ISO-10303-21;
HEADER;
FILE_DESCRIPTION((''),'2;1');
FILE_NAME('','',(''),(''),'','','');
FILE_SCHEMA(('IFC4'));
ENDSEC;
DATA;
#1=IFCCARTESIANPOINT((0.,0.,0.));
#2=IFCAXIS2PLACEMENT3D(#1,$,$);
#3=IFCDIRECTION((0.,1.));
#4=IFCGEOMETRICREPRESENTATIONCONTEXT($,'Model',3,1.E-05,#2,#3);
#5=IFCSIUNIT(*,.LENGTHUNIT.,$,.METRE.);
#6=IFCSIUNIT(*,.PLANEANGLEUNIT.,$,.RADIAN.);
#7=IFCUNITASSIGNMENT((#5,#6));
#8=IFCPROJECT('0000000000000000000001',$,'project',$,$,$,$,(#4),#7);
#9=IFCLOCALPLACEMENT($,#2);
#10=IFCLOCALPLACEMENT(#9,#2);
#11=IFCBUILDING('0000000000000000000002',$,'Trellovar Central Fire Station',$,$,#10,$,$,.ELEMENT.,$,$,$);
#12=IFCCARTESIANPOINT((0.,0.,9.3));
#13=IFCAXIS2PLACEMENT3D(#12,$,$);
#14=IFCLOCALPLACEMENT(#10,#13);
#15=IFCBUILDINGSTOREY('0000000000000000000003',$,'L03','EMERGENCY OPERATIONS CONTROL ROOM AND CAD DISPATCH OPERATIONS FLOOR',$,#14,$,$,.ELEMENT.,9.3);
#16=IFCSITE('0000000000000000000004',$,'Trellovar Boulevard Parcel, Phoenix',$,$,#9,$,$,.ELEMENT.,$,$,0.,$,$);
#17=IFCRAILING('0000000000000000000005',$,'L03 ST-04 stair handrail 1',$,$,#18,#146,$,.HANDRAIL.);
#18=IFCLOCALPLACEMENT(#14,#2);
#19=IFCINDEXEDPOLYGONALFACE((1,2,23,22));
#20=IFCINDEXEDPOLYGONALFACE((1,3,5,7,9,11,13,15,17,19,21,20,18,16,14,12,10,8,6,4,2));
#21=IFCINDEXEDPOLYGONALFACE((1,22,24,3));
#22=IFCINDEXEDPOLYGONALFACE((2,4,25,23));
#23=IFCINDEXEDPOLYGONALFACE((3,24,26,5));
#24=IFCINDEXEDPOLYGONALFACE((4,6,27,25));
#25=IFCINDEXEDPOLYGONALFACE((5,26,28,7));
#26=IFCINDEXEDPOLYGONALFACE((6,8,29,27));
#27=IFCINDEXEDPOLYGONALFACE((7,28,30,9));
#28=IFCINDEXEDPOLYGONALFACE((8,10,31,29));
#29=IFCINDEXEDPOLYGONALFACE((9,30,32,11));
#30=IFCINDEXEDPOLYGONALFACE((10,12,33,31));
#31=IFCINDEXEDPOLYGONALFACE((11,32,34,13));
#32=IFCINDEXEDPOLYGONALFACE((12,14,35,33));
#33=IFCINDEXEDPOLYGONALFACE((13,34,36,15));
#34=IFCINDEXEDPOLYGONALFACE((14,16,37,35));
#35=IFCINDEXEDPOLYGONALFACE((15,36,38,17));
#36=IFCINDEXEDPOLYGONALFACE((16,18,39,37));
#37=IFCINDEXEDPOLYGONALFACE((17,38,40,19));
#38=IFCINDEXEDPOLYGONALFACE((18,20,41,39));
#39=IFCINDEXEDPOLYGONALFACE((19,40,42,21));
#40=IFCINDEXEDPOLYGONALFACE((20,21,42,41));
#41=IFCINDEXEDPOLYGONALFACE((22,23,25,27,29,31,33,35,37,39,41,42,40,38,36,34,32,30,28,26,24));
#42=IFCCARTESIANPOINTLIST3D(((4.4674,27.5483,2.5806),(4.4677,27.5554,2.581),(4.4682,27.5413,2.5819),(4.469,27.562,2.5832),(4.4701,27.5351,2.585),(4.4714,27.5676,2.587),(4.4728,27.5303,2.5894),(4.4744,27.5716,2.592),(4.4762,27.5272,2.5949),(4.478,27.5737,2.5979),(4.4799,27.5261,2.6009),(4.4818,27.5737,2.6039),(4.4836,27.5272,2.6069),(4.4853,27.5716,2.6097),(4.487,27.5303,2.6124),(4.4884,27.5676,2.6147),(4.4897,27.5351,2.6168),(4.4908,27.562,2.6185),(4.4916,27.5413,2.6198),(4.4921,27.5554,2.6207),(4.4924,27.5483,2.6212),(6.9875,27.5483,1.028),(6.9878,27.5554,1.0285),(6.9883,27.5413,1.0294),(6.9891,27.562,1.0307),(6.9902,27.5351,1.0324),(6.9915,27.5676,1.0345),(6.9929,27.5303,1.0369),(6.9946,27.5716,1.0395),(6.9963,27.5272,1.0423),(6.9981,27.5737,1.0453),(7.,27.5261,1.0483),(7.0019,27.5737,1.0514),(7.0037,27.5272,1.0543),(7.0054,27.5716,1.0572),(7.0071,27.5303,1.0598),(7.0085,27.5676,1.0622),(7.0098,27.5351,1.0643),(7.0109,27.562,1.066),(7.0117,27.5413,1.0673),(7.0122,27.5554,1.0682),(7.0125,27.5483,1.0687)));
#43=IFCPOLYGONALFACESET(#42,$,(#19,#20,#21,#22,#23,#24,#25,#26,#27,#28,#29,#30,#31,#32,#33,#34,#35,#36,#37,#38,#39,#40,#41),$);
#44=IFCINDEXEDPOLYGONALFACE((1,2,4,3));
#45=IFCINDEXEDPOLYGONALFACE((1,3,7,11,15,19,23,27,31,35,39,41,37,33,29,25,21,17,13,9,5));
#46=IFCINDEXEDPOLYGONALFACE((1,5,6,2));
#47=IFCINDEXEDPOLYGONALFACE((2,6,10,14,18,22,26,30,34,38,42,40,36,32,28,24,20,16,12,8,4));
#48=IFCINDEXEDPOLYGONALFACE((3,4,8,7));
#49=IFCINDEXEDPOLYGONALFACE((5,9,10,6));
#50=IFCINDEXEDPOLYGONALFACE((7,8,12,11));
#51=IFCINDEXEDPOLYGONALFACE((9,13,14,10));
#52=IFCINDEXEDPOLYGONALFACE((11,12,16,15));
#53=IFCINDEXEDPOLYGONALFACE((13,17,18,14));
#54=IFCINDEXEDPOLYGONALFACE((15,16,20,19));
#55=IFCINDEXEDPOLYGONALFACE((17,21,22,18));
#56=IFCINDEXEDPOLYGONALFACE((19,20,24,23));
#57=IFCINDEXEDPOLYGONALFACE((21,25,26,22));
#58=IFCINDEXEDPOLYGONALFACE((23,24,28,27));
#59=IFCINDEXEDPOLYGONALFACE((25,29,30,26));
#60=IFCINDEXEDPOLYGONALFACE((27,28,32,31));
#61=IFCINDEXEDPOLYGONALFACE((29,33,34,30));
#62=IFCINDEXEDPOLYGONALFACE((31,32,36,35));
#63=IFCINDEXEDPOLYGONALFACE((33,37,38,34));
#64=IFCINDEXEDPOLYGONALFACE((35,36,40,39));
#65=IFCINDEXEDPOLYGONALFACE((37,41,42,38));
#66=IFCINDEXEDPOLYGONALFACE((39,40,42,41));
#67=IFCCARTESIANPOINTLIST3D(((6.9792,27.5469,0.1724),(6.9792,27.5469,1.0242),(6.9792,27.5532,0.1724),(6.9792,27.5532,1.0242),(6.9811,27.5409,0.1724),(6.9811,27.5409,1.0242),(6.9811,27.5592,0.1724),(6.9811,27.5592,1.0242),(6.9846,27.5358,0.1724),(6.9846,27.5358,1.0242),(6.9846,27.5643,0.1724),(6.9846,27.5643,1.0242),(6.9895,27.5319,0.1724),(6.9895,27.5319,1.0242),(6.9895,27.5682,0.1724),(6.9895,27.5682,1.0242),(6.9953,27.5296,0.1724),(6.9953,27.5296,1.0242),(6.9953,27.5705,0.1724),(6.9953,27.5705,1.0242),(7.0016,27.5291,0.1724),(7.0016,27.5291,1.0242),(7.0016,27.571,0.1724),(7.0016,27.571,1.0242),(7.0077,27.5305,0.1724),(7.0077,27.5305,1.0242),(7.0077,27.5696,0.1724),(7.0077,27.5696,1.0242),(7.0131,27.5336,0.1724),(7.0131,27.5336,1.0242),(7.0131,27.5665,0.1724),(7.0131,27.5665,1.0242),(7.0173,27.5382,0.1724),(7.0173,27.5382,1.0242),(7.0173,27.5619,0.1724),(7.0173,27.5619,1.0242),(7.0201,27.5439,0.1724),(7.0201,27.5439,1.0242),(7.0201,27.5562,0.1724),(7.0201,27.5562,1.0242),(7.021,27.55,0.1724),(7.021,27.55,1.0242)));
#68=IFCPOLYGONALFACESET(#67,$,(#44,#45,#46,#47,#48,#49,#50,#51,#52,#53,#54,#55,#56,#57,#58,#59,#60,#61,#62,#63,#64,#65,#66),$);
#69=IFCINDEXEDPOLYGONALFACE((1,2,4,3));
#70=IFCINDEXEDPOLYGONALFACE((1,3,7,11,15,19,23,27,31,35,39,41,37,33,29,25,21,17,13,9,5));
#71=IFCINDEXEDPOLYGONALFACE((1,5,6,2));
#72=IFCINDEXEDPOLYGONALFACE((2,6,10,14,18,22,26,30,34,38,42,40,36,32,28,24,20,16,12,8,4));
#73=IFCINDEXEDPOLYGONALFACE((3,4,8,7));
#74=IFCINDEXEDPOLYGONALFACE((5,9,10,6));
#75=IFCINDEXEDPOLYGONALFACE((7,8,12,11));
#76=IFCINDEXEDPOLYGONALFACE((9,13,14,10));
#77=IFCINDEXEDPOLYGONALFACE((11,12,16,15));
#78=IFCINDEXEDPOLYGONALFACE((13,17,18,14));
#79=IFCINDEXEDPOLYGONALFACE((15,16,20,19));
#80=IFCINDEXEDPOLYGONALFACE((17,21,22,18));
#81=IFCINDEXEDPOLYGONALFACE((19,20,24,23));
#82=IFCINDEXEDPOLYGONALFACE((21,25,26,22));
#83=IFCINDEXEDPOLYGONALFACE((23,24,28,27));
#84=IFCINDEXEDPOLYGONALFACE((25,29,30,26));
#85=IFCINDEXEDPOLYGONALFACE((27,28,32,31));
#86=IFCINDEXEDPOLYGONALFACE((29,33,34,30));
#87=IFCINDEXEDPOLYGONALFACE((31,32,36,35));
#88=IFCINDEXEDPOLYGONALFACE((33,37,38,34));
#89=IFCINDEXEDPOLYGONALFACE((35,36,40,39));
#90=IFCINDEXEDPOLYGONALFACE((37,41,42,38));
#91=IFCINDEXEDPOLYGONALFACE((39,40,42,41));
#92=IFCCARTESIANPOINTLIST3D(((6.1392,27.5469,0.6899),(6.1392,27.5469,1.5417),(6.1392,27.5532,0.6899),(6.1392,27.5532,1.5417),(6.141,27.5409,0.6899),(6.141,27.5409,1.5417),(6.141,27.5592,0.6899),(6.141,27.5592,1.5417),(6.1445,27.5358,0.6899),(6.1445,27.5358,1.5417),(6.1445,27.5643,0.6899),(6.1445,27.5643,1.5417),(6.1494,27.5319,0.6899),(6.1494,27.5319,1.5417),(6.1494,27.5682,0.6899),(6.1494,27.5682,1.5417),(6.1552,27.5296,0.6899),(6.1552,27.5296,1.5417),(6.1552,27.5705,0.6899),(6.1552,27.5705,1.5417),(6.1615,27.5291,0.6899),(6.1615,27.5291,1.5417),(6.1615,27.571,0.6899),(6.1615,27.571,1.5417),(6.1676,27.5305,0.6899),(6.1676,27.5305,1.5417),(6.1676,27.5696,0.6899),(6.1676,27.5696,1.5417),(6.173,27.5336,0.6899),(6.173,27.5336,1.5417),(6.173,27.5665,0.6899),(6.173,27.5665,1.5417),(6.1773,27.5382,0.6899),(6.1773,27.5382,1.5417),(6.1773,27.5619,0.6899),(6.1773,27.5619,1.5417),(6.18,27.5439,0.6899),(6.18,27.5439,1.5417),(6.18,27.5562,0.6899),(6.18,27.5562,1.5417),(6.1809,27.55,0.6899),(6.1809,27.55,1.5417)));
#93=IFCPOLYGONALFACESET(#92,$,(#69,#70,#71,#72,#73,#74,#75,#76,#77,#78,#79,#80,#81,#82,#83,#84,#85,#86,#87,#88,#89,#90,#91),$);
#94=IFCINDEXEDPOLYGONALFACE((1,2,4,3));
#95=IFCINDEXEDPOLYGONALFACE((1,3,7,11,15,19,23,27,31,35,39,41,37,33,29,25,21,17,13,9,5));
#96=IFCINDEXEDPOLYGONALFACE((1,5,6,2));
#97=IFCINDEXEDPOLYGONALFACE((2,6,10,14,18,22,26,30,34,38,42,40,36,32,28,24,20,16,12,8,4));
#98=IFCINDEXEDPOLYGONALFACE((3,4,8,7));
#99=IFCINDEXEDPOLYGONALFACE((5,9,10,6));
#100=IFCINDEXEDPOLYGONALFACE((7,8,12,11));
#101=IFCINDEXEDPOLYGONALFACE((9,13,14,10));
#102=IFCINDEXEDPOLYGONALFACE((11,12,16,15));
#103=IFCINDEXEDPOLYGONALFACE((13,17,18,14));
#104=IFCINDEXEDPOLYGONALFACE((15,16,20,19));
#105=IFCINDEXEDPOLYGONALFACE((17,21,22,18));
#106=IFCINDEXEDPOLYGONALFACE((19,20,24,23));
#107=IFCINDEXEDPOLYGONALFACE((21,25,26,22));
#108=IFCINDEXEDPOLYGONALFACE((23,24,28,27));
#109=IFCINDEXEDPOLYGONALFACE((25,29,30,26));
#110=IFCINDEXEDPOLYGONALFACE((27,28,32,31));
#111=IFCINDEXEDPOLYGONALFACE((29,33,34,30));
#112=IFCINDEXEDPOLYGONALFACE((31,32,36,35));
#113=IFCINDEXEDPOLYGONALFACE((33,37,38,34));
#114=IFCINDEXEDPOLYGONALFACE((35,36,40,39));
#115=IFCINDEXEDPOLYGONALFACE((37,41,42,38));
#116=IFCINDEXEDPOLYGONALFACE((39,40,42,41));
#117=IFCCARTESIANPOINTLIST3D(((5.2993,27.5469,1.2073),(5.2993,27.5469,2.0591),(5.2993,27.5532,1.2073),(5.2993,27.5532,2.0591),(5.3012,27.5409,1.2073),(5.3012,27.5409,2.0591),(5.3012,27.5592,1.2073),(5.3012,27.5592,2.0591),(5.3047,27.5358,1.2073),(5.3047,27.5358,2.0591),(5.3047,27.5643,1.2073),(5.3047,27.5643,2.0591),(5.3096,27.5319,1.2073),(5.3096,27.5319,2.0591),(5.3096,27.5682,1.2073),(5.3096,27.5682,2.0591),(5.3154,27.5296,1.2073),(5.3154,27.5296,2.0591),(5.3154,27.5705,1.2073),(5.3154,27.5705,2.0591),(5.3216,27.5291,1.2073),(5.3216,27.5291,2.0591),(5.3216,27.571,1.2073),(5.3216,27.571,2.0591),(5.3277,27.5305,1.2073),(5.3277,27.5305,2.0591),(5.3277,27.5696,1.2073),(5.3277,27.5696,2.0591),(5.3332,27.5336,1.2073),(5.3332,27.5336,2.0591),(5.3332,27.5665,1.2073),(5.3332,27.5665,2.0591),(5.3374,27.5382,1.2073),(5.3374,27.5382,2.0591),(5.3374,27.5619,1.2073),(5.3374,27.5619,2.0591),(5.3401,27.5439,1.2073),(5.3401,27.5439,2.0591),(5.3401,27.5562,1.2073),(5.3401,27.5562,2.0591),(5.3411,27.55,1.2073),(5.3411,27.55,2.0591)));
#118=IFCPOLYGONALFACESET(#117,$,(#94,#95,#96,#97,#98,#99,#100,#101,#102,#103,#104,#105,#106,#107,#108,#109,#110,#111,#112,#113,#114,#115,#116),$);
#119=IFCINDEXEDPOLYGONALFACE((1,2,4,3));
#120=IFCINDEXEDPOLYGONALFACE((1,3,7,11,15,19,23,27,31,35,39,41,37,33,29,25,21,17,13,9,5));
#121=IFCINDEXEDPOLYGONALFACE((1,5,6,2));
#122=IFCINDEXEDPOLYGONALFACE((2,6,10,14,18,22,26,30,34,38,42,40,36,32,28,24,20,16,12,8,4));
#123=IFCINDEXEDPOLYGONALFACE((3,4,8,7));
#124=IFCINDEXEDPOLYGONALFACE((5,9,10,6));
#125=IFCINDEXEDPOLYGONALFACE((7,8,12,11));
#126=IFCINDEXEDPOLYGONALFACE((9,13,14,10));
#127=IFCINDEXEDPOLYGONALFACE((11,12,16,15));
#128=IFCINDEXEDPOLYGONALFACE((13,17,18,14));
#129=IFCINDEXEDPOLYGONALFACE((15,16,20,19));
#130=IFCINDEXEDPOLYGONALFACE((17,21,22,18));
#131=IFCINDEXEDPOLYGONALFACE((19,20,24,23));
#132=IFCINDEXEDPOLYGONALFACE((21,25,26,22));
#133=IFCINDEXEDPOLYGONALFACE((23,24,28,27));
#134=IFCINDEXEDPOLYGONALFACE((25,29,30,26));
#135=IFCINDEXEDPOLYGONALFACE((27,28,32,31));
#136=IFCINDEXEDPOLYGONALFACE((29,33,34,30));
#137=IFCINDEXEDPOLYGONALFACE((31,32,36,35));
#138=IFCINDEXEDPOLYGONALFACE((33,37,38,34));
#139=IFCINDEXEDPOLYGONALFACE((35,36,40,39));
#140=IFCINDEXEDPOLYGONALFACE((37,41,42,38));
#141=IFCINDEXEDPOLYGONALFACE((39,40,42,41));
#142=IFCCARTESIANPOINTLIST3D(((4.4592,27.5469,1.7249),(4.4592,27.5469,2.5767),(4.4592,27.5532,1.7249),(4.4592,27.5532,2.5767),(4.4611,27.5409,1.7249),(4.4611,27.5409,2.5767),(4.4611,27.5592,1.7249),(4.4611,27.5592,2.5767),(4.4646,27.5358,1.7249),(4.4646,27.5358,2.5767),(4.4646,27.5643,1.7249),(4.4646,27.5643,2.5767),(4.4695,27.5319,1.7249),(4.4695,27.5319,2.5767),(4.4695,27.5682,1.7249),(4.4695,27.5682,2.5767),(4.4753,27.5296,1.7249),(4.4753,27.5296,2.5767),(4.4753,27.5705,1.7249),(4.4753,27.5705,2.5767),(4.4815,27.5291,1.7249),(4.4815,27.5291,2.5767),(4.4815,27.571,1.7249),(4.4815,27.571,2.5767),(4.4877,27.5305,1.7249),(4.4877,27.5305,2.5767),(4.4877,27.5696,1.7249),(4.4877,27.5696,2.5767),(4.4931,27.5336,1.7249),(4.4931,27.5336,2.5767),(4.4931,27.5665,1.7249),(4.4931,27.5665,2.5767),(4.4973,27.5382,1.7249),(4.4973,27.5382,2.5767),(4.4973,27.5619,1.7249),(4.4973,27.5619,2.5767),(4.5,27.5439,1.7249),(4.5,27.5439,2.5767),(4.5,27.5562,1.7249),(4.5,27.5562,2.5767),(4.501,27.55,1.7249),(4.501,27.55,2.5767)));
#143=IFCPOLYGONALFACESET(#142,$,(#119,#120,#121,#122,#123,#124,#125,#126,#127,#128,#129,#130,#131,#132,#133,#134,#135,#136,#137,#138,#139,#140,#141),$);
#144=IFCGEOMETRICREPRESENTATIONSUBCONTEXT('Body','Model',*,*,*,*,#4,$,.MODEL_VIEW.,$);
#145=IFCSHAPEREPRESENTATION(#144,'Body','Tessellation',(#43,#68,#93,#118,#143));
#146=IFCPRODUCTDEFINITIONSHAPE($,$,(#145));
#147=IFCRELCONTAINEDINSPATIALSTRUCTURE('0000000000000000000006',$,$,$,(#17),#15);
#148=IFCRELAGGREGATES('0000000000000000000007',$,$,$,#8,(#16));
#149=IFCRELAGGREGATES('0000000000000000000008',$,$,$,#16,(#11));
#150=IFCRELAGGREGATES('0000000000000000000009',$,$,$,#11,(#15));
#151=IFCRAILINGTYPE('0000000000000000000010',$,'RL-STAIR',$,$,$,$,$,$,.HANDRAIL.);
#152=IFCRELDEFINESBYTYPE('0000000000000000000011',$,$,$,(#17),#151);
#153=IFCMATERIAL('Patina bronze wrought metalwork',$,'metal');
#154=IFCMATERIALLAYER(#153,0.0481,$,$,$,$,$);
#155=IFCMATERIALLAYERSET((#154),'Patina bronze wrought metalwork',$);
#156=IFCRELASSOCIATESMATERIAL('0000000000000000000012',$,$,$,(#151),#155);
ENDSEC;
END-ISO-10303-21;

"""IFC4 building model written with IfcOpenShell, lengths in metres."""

from ifc_helpers import new_model, si_unit, direction, frame, origin, origin_2d, place, context, subcontext, project, spatial, circle, extrude, material, layer, layer_set, type_object, element, save


model = new_model("IFC4")

# Units and contexts
model_context = context("Model", 3, precision=1e-05, world=origin(), true_north=direction((0.0, 1.0)))
body_context = subcontext(model_context, "Body", "Model", "MODEL_VIEW")
ifc_project = project(units=[si_unit("LENGTHUNIT", "METRE"), si_unit("PLANEANGLEUNIT", "RADIAN")], contexts=[model_context])

# Site, building, storey
site_placement = place(None, origin())
site = spatial("IfcSite", under=ifc_project, at=site_placement, Name="Trellovar Boulevard Parcel, Phoenix", CompositionType="ELEMENT", RefElevation=0.0)
building_placement = place(site_placement, origin())
building = spatial("IfcBuilding", under=site, at=building_placement, Name="Trellovar Central Fire Station", CompositionType="ELEMENT")
storey_placement = place(building_placement, frame((0.0, 0.0, 9.3)))
storey = spatial("IfcBuildingStorey", under=building, at=storey_placement, Name="L03", Description="EMERGENCY OPERATIONS CONTROL ROOM AND CAD DISPATCH OPERATIONS FLOOR", CompositionType="ELEMENT", Elevation=9.3)

# Railing
ifc_material_1 = material(Name="Patina bronze wrought metalwork", Category="metal")
ifc_layer_1 = layer(ifc_material_1, 0.0481)
ifc_layer_set_1 = layer_set([ifc_layer_1], Name="Patina bronze wrought metalwork")
railing_type_1 = type_object("IfcRailingType", Name="RL-STAIR", PredefinedType="HANDRAIL", material=ifc_layer_set_1)
railing_1_placement = place(storey_placement, frame((7.0, 27.55, 0.1724)))
element("IfcRailing", 1, at=railing_1_placement, inside=storey, type_object=railing_type_1, Name="L03 ST-04 stair handrail 1", PredefinedType="HANDRAIL", context=body_context, shape_type="SweptSolid", body=[
    extrude(circle(Radius=0.0239, at=origin_2d()), frame((0.0, 0.0, 0.876), z_axis=(-0.8514, 0.0, 0.524516), x_axis=(0.0, -1.0, 0.0)), (0.0, 0.0, 1.0), 2.96),
    extrude(circle(Radius=0.021, at=origin_2d()), origin(), (0.0, 0.0, 1.0), 0.8518),
    extrude(circle(Radius=0.021, at=origin_2d()), frame((-0.8401, 0.0, 0.5176)), (0.0, 0.0, 1.0), 0.8518),
    extrude(circle(Radius=0.021, at=origin_2d()), frame((-1.6799, 0.0, 1.0349)), (0.0, 0.0, 1.0), 0.8518),
    extrude(circle(Radius=0.021, at=origin_2d()), frame((-2.52, 0.0, 1.5525)), (0.0, 0.0, 1.0), 0.8518),
])

save(model, "model.ifc")
